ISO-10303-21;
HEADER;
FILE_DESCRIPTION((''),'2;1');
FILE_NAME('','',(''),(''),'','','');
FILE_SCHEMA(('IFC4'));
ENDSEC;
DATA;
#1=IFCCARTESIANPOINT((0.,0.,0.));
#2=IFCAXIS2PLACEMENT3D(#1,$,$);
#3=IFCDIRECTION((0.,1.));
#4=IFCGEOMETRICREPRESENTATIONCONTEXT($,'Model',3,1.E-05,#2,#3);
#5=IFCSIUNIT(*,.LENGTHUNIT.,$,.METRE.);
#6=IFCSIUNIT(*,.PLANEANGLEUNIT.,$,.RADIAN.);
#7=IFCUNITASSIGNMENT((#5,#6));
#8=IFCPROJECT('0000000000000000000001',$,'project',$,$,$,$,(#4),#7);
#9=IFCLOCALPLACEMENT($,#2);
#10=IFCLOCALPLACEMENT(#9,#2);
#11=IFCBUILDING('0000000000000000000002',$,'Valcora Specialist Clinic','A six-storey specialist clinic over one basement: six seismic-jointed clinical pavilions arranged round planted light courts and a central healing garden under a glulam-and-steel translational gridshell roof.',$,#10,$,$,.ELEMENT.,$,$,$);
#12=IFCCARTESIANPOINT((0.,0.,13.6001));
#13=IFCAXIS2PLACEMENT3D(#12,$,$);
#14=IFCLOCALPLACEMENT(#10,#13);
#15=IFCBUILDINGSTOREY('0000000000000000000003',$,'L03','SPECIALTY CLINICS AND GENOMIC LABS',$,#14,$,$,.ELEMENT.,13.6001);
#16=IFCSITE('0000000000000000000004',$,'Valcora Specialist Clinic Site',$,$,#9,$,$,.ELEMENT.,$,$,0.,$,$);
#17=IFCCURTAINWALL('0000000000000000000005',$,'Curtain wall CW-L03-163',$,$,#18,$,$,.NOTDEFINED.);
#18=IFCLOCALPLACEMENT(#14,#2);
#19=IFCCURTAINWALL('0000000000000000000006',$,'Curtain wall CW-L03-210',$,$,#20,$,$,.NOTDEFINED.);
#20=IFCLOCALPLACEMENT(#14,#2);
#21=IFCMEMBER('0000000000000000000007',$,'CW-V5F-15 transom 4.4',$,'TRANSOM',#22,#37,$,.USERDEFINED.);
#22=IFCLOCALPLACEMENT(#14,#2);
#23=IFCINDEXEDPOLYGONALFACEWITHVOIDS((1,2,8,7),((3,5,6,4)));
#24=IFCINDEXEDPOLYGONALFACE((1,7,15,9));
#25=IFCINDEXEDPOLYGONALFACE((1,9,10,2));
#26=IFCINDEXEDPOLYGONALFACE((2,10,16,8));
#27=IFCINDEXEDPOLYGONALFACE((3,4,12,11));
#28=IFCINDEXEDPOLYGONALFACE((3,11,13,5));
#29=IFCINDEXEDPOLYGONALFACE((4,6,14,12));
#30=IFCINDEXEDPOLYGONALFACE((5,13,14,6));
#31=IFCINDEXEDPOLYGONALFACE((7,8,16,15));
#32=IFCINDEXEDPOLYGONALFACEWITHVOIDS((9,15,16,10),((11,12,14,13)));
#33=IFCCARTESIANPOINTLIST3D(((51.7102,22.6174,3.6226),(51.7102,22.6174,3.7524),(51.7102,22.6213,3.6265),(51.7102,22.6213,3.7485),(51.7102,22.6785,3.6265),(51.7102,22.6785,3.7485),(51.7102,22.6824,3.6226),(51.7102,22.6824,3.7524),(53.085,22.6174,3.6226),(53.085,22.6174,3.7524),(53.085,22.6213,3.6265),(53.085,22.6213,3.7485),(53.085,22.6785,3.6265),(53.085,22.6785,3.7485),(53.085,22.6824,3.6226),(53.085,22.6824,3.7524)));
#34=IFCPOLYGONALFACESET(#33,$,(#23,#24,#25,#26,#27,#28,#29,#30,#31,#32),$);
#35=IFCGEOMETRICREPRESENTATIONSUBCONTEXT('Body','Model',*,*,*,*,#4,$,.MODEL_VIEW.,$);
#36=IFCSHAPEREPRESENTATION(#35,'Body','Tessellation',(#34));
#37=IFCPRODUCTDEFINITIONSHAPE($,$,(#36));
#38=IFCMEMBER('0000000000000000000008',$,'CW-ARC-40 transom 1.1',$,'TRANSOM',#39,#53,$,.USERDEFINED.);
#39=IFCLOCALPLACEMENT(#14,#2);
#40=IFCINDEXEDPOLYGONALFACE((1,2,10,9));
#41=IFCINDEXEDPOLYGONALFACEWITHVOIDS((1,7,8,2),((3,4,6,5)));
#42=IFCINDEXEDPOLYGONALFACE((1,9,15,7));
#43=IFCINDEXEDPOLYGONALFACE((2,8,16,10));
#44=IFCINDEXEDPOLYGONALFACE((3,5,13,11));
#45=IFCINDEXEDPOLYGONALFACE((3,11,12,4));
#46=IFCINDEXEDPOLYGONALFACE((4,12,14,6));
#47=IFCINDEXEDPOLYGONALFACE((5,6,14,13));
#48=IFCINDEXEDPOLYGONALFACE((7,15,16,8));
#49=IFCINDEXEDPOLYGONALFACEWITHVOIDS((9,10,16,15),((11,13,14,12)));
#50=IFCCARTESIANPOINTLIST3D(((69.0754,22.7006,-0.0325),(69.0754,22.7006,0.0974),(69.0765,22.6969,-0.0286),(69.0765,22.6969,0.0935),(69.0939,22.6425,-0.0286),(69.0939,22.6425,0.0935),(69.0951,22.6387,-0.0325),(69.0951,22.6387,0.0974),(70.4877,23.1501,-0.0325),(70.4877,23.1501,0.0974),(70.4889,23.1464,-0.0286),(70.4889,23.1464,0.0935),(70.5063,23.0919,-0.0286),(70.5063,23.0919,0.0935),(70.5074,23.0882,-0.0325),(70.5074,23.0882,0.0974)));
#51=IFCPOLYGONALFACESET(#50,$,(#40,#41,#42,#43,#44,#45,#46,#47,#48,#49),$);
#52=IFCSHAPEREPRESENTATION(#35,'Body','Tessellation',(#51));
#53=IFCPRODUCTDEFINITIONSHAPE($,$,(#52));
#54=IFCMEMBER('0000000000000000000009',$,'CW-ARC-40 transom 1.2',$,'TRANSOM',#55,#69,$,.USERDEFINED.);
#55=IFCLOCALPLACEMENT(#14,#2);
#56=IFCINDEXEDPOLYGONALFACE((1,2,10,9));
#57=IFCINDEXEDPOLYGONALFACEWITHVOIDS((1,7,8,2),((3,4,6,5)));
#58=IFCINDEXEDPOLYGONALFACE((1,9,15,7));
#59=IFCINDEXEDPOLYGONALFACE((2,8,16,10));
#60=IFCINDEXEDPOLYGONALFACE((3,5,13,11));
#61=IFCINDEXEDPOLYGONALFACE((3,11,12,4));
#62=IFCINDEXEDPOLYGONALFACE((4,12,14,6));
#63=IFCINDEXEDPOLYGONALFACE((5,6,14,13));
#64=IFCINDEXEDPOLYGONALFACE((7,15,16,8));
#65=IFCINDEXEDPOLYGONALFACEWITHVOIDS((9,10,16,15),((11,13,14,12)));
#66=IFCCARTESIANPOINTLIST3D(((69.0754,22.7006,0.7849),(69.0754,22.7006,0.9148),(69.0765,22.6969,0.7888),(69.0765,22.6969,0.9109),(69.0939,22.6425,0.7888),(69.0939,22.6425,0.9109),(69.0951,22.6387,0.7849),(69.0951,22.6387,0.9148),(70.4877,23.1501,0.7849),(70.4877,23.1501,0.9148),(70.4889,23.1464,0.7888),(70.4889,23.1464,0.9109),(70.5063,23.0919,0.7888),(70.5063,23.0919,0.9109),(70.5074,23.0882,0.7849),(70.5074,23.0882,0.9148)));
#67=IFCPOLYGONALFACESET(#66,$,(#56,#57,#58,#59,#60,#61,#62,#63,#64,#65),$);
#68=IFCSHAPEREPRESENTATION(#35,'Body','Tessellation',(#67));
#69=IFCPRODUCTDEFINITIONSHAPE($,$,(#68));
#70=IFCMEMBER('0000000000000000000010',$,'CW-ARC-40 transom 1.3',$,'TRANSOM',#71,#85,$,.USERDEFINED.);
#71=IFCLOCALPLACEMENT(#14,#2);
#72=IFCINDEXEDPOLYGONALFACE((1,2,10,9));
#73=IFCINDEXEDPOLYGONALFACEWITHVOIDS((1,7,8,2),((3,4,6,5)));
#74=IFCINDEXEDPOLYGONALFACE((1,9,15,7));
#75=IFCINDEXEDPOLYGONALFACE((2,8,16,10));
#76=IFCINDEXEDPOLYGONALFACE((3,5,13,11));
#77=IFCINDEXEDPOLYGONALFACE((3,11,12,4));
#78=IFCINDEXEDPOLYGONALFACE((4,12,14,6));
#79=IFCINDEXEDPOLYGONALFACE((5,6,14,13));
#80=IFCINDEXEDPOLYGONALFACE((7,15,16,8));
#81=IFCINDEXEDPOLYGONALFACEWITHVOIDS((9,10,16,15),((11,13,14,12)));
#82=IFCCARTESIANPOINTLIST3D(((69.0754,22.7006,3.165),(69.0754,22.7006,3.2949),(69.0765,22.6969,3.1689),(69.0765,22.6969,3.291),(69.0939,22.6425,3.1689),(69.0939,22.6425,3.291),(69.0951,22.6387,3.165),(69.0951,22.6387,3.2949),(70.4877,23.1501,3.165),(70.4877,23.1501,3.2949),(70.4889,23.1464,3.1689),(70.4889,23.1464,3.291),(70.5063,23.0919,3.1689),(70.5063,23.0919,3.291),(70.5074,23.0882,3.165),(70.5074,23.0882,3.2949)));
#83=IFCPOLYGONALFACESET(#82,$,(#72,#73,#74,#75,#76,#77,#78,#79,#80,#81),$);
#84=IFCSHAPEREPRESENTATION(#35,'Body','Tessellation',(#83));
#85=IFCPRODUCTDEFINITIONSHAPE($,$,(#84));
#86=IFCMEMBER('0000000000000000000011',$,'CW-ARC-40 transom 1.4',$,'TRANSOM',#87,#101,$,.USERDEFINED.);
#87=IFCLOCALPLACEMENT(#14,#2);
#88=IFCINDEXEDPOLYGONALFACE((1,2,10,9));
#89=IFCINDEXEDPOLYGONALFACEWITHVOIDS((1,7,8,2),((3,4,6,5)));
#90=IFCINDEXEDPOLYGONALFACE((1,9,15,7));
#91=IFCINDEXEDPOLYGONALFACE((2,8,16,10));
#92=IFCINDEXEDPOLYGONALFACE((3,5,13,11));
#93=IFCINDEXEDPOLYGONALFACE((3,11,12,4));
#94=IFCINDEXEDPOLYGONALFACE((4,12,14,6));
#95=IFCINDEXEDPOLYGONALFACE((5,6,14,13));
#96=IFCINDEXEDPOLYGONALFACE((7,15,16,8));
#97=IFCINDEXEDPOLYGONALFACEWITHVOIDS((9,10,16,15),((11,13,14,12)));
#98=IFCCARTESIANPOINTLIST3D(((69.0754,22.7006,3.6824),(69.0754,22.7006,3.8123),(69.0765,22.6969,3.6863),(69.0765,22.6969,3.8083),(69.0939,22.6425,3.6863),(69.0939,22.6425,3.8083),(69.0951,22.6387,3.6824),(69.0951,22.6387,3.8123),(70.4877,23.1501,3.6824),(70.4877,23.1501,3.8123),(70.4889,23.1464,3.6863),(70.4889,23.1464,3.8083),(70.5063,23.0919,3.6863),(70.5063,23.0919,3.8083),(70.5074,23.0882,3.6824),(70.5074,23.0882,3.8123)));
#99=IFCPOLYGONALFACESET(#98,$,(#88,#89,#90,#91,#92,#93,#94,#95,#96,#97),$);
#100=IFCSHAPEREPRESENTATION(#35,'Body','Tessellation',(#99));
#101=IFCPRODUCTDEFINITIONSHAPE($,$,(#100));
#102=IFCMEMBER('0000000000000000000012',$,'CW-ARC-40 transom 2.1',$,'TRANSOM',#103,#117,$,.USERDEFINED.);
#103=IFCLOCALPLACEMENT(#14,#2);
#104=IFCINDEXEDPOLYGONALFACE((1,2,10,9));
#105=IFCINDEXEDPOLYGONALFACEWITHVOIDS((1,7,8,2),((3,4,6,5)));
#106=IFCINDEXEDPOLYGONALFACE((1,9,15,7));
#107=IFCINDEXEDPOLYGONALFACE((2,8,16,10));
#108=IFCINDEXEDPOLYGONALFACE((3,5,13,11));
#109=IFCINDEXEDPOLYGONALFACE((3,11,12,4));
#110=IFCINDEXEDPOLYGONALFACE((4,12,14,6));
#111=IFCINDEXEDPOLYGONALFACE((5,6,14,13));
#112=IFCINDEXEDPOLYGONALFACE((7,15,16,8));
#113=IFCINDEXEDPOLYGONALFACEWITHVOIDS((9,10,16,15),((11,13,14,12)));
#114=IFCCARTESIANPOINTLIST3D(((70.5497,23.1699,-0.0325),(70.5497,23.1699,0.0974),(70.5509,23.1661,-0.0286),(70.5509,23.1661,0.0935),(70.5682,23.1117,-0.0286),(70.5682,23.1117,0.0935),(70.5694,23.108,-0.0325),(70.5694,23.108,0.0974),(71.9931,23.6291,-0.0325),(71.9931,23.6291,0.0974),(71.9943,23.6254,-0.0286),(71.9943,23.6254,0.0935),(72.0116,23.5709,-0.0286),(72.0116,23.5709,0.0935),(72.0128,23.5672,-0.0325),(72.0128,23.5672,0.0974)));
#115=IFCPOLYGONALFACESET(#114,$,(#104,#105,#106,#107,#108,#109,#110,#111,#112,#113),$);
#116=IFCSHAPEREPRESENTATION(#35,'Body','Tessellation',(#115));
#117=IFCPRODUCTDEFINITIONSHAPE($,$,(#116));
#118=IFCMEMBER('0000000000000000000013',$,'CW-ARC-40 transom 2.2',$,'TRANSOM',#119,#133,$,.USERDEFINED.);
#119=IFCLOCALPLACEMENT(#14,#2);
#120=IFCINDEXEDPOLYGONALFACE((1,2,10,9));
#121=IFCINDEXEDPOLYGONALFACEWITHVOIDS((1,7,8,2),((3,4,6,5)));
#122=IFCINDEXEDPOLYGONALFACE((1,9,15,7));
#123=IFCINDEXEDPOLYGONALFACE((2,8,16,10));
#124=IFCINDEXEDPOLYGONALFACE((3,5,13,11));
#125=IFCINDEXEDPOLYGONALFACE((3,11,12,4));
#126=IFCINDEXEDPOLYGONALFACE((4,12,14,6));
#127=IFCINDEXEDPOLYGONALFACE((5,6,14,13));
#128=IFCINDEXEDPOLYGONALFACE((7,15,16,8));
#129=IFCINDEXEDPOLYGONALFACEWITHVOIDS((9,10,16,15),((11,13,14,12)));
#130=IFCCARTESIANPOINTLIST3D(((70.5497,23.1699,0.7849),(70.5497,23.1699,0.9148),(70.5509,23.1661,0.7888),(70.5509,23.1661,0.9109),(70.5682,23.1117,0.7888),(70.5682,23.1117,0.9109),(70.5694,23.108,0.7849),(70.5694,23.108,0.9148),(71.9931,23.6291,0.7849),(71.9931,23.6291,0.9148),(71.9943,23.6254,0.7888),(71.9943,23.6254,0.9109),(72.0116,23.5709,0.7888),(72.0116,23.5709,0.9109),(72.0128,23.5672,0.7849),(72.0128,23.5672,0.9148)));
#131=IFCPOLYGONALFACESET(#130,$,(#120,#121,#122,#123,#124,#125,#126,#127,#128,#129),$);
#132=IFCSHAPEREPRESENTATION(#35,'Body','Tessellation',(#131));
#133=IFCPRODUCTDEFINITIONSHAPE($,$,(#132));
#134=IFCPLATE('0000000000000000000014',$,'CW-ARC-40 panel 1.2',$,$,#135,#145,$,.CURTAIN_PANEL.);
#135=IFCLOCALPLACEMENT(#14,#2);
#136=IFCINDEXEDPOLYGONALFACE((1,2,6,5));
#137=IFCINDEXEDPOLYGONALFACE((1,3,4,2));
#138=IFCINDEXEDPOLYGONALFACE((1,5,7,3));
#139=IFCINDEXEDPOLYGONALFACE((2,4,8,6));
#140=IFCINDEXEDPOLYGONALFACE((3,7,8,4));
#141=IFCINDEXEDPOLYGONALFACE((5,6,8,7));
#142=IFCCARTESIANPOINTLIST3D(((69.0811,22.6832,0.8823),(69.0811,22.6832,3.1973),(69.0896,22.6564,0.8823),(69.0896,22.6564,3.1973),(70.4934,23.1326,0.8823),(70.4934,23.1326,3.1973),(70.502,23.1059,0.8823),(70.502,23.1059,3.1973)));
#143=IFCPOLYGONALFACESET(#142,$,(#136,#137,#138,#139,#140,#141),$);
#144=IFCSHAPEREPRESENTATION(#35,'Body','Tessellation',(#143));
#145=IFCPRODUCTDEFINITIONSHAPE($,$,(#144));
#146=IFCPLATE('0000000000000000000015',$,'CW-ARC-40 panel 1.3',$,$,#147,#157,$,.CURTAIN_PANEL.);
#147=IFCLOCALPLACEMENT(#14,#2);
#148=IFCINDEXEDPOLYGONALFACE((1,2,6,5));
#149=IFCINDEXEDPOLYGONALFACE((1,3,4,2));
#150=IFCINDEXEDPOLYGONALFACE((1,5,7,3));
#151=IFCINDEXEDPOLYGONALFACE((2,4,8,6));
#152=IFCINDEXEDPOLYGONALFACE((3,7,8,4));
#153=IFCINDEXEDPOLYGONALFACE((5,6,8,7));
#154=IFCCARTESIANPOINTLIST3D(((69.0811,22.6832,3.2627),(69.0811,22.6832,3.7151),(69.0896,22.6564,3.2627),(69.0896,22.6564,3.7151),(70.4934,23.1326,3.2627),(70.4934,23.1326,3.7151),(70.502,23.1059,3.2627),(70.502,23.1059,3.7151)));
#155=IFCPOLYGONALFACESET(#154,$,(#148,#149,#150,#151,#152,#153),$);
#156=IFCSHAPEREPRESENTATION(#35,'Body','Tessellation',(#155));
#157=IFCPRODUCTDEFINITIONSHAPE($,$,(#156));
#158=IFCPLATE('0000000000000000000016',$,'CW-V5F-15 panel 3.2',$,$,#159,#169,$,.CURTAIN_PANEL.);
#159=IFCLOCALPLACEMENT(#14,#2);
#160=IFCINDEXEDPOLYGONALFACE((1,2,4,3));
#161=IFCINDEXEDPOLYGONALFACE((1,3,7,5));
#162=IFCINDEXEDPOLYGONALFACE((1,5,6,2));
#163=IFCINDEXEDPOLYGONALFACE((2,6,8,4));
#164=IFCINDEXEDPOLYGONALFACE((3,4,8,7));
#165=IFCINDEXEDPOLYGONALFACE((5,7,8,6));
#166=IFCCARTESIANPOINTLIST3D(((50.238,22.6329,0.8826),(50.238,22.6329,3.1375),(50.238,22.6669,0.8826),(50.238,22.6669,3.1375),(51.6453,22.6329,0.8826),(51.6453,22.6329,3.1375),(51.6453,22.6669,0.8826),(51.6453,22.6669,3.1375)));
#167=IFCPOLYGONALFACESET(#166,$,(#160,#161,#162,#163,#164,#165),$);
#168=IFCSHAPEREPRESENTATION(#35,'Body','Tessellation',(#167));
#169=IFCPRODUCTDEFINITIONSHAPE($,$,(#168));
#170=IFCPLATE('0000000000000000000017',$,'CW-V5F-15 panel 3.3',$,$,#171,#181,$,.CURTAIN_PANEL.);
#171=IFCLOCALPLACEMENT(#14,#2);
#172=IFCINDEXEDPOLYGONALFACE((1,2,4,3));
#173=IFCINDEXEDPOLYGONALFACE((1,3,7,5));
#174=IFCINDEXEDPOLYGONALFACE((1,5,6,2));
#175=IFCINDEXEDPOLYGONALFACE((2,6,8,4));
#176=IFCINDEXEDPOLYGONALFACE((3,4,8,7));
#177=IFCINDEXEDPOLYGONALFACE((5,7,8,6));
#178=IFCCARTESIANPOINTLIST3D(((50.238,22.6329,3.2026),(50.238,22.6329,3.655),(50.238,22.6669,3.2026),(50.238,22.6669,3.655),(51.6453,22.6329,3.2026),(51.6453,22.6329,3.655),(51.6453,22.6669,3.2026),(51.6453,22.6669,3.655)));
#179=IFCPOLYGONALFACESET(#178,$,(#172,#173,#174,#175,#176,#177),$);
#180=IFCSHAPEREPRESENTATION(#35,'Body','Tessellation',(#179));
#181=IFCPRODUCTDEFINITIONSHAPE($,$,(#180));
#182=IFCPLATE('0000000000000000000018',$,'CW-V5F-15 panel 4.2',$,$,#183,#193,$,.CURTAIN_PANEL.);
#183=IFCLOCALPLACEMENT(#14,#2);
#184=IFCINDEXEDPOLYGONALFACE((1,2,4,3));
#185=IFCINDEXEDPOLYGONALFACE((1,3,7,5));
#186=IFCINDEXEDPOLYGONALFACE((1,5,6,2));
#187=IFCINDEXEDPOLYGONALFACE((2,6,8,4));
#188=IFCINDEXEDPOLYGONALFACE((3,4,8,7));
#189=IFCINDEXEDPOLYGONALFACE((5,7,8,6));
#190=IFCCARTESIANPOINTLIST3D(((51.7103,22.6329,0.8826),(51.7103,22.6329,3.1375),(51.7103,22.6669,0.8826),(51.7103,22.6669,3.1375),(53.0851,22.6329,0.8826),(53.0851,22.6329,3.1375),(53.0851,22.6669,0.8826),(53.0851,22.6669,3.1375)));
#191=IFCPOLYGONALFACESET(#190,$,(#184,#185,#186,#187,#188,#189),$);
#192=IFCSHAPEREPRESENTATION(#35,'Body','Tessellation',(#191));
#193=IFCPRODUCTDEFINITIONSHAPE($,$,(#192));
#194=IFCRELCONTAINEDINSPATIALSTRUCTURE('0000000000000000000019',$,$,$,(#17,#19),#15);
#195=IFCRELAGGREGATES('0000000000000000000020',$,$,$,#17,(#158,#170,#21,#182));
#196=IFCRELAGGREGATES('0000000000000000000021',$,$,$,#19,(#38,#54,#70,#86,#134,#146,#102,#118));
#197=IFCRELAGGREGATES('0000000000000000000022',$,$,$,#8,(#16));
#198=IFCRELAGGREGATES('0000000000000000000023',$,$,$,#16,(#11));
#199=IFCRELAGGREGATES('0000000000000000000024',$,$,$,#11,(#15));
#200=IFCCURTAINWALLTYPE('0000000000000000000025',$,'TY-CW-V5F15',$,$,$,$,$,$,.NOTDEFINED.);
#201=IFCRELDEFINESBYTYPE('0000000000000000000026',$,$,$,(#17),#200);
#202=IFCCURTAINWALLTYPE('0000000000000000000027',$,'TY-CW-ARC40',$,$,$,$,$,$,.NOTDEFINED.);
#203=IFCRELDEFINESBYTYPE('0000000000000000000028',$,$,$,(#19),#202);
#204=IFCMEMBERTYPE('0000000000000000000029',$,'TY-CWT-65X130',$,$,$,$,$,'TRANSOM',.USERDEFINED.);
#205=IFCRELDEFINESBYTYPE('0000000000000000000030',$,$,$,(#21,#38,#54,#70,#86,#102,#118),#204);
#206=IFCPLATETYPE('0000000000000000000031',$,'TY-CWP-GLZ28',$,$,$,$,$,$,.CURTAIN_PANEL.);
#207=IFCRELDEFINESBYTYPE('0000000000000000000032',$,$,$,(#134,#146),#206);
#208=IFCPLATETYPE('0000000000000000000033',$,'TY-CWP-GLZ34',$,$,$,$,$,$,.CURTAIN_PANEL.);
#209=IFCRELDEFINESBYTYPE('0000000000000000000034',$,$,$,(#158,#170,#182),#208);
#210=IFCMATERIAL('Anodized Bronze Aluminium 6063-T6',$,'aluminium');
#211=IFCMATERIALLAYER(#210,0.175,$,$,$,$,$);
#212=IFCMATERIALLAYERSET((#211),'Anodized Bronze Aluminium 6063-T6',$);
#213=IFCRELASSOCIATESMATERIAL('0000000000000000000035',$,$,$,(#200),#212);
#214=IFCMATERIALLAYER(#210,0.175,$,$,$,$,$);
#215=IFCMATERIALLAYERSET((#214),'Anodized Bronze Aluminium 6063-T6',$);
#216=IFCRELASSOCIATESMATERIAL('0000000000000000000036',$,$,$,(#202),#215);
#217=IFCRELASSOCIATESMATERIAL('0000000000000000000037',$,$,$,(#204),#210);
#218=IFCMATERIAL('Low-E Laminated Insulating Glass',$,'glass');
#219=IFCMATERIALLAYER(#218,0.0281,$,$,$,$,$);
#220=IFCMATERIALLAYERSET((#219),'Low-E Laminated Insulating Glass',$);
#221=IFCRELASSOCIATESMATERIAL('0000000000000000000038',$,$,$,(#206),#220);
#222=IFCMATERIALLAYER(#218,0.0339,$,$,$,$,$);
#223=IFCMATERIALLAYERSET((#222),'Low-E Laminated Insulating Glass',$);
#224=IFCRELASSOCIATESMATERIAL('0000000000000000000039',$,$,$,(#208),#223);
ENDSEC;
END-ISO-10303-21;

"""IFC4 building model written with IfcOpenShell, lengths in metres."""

from ifc_helpers import new_model, si_unit, direction, frame, origin, origin_2d, place, context, subcontext, project, spatial, rectangle, hollow_rectangle, extrude, material, layer, layer_set, material_profile, profile_set, type_object, element, aggregate, save


model = new_model("IFC4")

# Units and contexts
model_context = context("Model", 3, precision=1e-05, world=origin(), true_north=direction((0.0, 1.0)))
body_context = subcontext(model_context, "Body", "Model", "MODEL_VIEW")
ifc_project = project(units=[si_unit("LENGTHUNIT", "METRE"), si_unit("PLANEANGLEUNIT", "RADIAN")], contexts=[model_context])

# Site, building, storey
site_placement = place(None, origin())
site = spatial("IfcSite", under=ifc_project, at=site_placement, Name="Valcora Specialist Clinic Site", CompositionType="ELEMENT", RefElevation=0.0)
building_placement = place(site_placement, origin())
building = spatial("IfcBuilding", under=site, at=building_placement, Name="Valcora Specialist Clinic", Description="A six-storey specialist clinic over one basement: six seismic-jointed clinical pavilions arranged round planted light courts and a central healing garden under a glulam-and-steel translational gridshell roof.", CompositionType="ELEMENT")
storey_placement = place(building_placement, frame((0.0, 0.0, 13.6001)))
storey = spatial("IfcBuildingStorey", under=building, at=storey_placement, Name="L03", Description="SPECIALTY CLINICS AND GENOMIC LABS", CompositionType="ELEMENT", Elevation=13.6001)

# Curtain walls
ifc_material_1 = material(Name="Anodized Bronze Aluminium 6063-T6", Category="aluminium")
ifc_layer_1 = layer(ifc_material_1, 0.175)
ifc_layer_set_1 = layer_set([ifc_layer_1], Name="Anodized Bronze Aluminium 6063-T6")
curtain_wall_type_1 = type_object("IfcCurtainWallType", Name="TY-CW-V5F15", PredefinedType="NOTDEFINED", material=ifc_layer_set_1)
curtain_wall_1_placement = place(storey_placement, origin())
curtain_wall_1 = element("IfcCurtainWall", 1, at=curtain_wall_1_placement, inside=storey, type_object=curtain_wall_type_1, Name="Curtain wall CW-L03-163", PredefinedType="NOTDEFINED")
ifc_layer_2 = layer(ifc_material_1, 0.175)
ifc_layer_set_2 = layer_set([ifc_layer_2], Name="Anodized Bronze Aluminium 6063-T6")
curtain_wall_type_2 = type_object("IfcCurtainWallType", Name="TY-CW-ARC40", PredefinedType="NOTDEFINED", material=ifc_layer_set_2)
curtain_wall_2_placement = place(storey_placement, origin())
curtain_wall_2 = element("IfcCurtainWall", 2, at=curtain_wall_2_placement, inside=storey, type_object=curtain_wall_type_2, Name="Curtain wall CW-L03-210", PredefinedType="NOTDEFINED")

# Members
ifc_material_profile_1 = material_profile(ifc_material_1, hollow_rectangle(XDim=0.0649, YDim=0.1299, WallThickness=0.0039, at=origin_2d()), Name="AL-TRN-65X130")
ifc_profile_set_1 = profile_set([ifc_material_profile_1], Name="Anodized Bronze Aluminium 6063-T6")
member_type_1 = type_object("IfcMemberType", Name="TY-CWT-65X130", ElementType="TRANSOM", PredefinedType="USERDEFINED", material=ifc_profile_set_1)
member_1_placement = place(storey_placement, frame((51.7102, 22.6499, 3.6875), z_axis=(1.0, 0.0, 0.0), x_axis=(0.0, 1.0, 0.0)))
member_1 = element("IfcMember", 3, at=member_1_placement, type_object=member_type_1, Name="CW-V5F-15 transom 4.4", ObjectType="TRANSOM", PredefinedType="USERDEFINED", context=body_context, shape_type="SweptSolid", body=[
    extrude(hollow_rectangle(XDim=0.0649, YDim=0.1299, WallThickness=0.0039, at=origin_2d()), origin(), (0.0, 0.0, 1.0), 1.3748),
])
member_2_placement = place(storey_placement, frame((69.0852, 22.6697, 0.0325), z_axis=(0.952911, 0.303251, 0.0), x_axis=(-0.303251, 0.952911, 0.0)))
member_2 = element("IfcMember", 4, at=member_2_placement, type_object=member_type_1, Name="CW-ARC-40 transom 1.1", ObjectType="TRANSOM", PredefinedType="USERDEFINED", context=body_context, shape_type="SweptSolid", body=[
    extrude(hollow_rectangle(XDim=0.0649, YDim=0.1299, WallThickness=0.0039, at=origin_2d()), origin(), (0.0, 0.0, 1.0), 1.4822),
])
member_3_placement = place(storey_placement, frame((69.0852, 22.6697, 0.8499), z_axis=(0.952911, 0.303251, 0.0), x_axis=(-0.303251, 0.952911, 0.0)))
member_3 = element("IfcMember", 5, at=member_3_placement, type_object=member_type_1, Name="CW-ARC-40 transom 1.2", ObjectType="TRANSOM", PredefinedType="USERDEFINED", context=body_context, shape_type="SweptSolid", body=[
    extrude(hollow_rectangle(XDim=0.0649, YDim=0.1299, WallThickness=0.0039, at=origin_2d()), origin(), (0.0, 0.0, 1.0), 1.4822),
])
member_4_placement = place(storey_placement, frame((69.0852, 22.6697, 3.23), z_axis=(0.952911, 0.303251, 0.0), x_axis=(-0.303251, 0.952911, 0.0)))
member_4 = element("IfcMember", 6, at=member_4_placement, type_object=member_type_1, Name="CW-ARC-40 transom 1.3", ObjectType="TRANSOM", PredefinedType="USERDEFINED", context=body_context, shape_type="SweptSolid", body=[
    extrude(hollow_rectangle(XDim=0.0649, YDim=0.1299, WallThickness=0.0039, at=origin_2d()), origin(), (0.0, 0.0, 1.0), 1.4822),
])
member_5_placement = place(storey_placement, frame((69.0852, 22.6697, 3.7473), z_axis=(0.952911, 0.303251, 0.0), x_axis=(-0.303251, 0.952911, 0.0)))
member_5 = element("IfcMember", 7, at=member_5_placement, type_object=member_type_1, Name="CW-ARC-40 transom 1.4", ObjectType="TRANSOM", PredefinedType="USERDEFINED", context=body_context, shape_type="SweptSolid", body=[
    extrude(hollow_rectangle(XDim=0.0649, YDim=0.1299, WallThickness=0.0039, at=origin_2d()), origin(), (0.0, 0.0, 1.0), 1.4822),
])
member_6_placement = place(storey_placement, frame((70.5596, 23.1389, 0.0325), z_axis=(0.95293, 0.30319, 0.0), x_axis=(-0.30319, 0.95293, 0.0)))
member_6 = element("IfcMember", 8, at=member_6_placement, type_object=member_type_1, Name="CW-ARC-40 transom 2.1", ObjectType="TRANSOM", PredefinedType="USERDEFINED", context=body_context, shape_type="SweptSolid", body=[
    extrude(hollow_rectangle(XDim=0.0649, YDim=0.1299, WallThickness=0.0039, at=origin_2d()), origin(), (0.0, 0.0, 1.0), 1.5146),
])
member_7_placement = place(storey_placement, frame((70.5596, 23.1389, 0.8499), z_axis=(0.95293, 0.30319, 0.0), x_axis=(-0.30319, 0.95293, 0.0)))
member_7 = element("IfcMember", 9, at=member_7_placement, type_object=member_type_1, Name="CW-ARC-40 transom 2.2", ObjectType="TRANSOM", PredefinedType="USERDEFINED", context=body_context, shape_type="SweptSolid", body=[
    extrude(hollow_rectangle(XDim=0.0649, YDim=0.1299, WallThickness=0.0039, at=origin_2d()), origin(), (0.0, 0.0, 1.0), 1.5146),
])

# Plates
ifc_material_2 = material(Name="Low-E Laminated Insulating Glass", Category="glass")
ifc_layer_3 = layer(ifc_material_2, 0.0281)
ifc_layer_set_3 = layer_set([ifc_layer_3], Name="Low-E Laminated Insulating Glass")
plate_type_1 = type_object("IfcPlateType", Name="TY-CWP-GLZ28", PredefinedType="CURTAIN_PANEL", material=ifc_layer_set_3)
plate_1_placement = place(storey_placement, frame((69.7915, 22.8945, 0.8823), z_axis=(0.0, 0.0, 1.0), x_axis=(0.952916, 0.303233, 0.0)))
plate_1 = element("IfcPlate", 10, at=plate_1_placement, type_object=plate_type_1, Name="CW-ARC-40 panel 1.2", PredefinedType="CURTAIN_PANEL", context=body_context, shape_type="SweptSolid", body=[
    extrude(rectangle(XDim=1.4822, YDim=0.0281, at=origin_2d()), origin(), (0.0, 0.0, 1.0), 2.3149),
])
plate_2_placement = place(storey_placement, frame((69.7915, 22.8945, 3.2627), z_axis=(0.0, 0.0, 1.0), x_axis=(0.952916, 0.303233, 0.0)))
plate_2 = element("IfcPlate", 11, at=plate_2_placement, type_object=plate_type_1, Name="CW-ARC-40 panel 1.3", PredefinedType="CURTAIN_PANEL", context=body_context, shape_type="SweptSolid", body=[
    extrude(rectangle(XDim=1.4822, YDim=0.0281, at=origin_2d()), origin(), (0.0, 0.0, 1.0), 0.4524),
])
ifc_layer_4 = layer(ifc_material_2, 0.0339)
ifc_layer_set_4 = layer_set([ifc_layer_4], Name="Low-E Laminated Insulating Glass")
plate_type_2 = type_object("IfcPlateType", Name="TY-CWP-GLZ34", PredefinedType="CURTAIN_PANEL", material=ifc_layer_set_4)
plate_3_placement = place(storey_placement, frame((50.9417, 22.6499, 0.8826), z_axis=(0.0, 0.0, 1.0), x_axis=(1.0, 0.0, 0.0)))
plate_3 = element("IfcPlate", 12, at=plate_3_placement, type_object=plate_type_2, Name="CW-V5F-15 panel 3.2", PredefinedType="CURTAIN_PANEL", context=body_context, shape_type="SweptSolid", body=[
    extrude(rectangle(XDim=1.4072, YDim=0.0339, at=origin_2d()), origin(), (0.0, 0.0, 1.0), 2.2549),
])
plate_4_placement = place(storey_placement, frame((50.9417, 22.6499, 3.2026), z_axis=(0.0, 0.0, 1.0), x_axis=(1.0, 0.0, 0.0)))
plate_4 = element("IfcPlate", 13, at=plate_4_placement, type_object=plate_type_2, Name="CW-V5F-15 panel 3.3", PredefinedType="CURTAIN_PANEL", context=body_context, shape_type="SweptSolid", body=[
    extrude(rectangle(XDim=1.4072, YDim=0.0339, at=origin_2d()), origin(), (0.0, 0.0, 1.0), 0.4524),
])
plate_5_placement = place(storey_placement, frame((52.3977, 22.6499, 0.8826), z_axis=(0.0, 0.0, 1.0), x_axis=(1.0, 0.0, 0.0)))
plate_5 = element("IfcPlate", 14, at=plate_5_placement, type_object=plate_type_2, Name="CW-V5F-15 panel 4.2", PredefinedType="CURTAIN_PANEL", context=body_context, shape_type="SweptSolid", body=[
    extrude(rectangle(XDim=1.3748, YDim=0.0339, at=origin_2d()), origin(), (0.0, 0.0, 1.0), 2.2549),
])
aggregate(curtain_wall_1, [plate_3, plate_4, member_1, plate_5])
aggregate(curtain_wall_2, [member_2, member_3, member_4, member_5, plate_1, plate_2, member_6, member_7])

save(model, "model.ifc")
